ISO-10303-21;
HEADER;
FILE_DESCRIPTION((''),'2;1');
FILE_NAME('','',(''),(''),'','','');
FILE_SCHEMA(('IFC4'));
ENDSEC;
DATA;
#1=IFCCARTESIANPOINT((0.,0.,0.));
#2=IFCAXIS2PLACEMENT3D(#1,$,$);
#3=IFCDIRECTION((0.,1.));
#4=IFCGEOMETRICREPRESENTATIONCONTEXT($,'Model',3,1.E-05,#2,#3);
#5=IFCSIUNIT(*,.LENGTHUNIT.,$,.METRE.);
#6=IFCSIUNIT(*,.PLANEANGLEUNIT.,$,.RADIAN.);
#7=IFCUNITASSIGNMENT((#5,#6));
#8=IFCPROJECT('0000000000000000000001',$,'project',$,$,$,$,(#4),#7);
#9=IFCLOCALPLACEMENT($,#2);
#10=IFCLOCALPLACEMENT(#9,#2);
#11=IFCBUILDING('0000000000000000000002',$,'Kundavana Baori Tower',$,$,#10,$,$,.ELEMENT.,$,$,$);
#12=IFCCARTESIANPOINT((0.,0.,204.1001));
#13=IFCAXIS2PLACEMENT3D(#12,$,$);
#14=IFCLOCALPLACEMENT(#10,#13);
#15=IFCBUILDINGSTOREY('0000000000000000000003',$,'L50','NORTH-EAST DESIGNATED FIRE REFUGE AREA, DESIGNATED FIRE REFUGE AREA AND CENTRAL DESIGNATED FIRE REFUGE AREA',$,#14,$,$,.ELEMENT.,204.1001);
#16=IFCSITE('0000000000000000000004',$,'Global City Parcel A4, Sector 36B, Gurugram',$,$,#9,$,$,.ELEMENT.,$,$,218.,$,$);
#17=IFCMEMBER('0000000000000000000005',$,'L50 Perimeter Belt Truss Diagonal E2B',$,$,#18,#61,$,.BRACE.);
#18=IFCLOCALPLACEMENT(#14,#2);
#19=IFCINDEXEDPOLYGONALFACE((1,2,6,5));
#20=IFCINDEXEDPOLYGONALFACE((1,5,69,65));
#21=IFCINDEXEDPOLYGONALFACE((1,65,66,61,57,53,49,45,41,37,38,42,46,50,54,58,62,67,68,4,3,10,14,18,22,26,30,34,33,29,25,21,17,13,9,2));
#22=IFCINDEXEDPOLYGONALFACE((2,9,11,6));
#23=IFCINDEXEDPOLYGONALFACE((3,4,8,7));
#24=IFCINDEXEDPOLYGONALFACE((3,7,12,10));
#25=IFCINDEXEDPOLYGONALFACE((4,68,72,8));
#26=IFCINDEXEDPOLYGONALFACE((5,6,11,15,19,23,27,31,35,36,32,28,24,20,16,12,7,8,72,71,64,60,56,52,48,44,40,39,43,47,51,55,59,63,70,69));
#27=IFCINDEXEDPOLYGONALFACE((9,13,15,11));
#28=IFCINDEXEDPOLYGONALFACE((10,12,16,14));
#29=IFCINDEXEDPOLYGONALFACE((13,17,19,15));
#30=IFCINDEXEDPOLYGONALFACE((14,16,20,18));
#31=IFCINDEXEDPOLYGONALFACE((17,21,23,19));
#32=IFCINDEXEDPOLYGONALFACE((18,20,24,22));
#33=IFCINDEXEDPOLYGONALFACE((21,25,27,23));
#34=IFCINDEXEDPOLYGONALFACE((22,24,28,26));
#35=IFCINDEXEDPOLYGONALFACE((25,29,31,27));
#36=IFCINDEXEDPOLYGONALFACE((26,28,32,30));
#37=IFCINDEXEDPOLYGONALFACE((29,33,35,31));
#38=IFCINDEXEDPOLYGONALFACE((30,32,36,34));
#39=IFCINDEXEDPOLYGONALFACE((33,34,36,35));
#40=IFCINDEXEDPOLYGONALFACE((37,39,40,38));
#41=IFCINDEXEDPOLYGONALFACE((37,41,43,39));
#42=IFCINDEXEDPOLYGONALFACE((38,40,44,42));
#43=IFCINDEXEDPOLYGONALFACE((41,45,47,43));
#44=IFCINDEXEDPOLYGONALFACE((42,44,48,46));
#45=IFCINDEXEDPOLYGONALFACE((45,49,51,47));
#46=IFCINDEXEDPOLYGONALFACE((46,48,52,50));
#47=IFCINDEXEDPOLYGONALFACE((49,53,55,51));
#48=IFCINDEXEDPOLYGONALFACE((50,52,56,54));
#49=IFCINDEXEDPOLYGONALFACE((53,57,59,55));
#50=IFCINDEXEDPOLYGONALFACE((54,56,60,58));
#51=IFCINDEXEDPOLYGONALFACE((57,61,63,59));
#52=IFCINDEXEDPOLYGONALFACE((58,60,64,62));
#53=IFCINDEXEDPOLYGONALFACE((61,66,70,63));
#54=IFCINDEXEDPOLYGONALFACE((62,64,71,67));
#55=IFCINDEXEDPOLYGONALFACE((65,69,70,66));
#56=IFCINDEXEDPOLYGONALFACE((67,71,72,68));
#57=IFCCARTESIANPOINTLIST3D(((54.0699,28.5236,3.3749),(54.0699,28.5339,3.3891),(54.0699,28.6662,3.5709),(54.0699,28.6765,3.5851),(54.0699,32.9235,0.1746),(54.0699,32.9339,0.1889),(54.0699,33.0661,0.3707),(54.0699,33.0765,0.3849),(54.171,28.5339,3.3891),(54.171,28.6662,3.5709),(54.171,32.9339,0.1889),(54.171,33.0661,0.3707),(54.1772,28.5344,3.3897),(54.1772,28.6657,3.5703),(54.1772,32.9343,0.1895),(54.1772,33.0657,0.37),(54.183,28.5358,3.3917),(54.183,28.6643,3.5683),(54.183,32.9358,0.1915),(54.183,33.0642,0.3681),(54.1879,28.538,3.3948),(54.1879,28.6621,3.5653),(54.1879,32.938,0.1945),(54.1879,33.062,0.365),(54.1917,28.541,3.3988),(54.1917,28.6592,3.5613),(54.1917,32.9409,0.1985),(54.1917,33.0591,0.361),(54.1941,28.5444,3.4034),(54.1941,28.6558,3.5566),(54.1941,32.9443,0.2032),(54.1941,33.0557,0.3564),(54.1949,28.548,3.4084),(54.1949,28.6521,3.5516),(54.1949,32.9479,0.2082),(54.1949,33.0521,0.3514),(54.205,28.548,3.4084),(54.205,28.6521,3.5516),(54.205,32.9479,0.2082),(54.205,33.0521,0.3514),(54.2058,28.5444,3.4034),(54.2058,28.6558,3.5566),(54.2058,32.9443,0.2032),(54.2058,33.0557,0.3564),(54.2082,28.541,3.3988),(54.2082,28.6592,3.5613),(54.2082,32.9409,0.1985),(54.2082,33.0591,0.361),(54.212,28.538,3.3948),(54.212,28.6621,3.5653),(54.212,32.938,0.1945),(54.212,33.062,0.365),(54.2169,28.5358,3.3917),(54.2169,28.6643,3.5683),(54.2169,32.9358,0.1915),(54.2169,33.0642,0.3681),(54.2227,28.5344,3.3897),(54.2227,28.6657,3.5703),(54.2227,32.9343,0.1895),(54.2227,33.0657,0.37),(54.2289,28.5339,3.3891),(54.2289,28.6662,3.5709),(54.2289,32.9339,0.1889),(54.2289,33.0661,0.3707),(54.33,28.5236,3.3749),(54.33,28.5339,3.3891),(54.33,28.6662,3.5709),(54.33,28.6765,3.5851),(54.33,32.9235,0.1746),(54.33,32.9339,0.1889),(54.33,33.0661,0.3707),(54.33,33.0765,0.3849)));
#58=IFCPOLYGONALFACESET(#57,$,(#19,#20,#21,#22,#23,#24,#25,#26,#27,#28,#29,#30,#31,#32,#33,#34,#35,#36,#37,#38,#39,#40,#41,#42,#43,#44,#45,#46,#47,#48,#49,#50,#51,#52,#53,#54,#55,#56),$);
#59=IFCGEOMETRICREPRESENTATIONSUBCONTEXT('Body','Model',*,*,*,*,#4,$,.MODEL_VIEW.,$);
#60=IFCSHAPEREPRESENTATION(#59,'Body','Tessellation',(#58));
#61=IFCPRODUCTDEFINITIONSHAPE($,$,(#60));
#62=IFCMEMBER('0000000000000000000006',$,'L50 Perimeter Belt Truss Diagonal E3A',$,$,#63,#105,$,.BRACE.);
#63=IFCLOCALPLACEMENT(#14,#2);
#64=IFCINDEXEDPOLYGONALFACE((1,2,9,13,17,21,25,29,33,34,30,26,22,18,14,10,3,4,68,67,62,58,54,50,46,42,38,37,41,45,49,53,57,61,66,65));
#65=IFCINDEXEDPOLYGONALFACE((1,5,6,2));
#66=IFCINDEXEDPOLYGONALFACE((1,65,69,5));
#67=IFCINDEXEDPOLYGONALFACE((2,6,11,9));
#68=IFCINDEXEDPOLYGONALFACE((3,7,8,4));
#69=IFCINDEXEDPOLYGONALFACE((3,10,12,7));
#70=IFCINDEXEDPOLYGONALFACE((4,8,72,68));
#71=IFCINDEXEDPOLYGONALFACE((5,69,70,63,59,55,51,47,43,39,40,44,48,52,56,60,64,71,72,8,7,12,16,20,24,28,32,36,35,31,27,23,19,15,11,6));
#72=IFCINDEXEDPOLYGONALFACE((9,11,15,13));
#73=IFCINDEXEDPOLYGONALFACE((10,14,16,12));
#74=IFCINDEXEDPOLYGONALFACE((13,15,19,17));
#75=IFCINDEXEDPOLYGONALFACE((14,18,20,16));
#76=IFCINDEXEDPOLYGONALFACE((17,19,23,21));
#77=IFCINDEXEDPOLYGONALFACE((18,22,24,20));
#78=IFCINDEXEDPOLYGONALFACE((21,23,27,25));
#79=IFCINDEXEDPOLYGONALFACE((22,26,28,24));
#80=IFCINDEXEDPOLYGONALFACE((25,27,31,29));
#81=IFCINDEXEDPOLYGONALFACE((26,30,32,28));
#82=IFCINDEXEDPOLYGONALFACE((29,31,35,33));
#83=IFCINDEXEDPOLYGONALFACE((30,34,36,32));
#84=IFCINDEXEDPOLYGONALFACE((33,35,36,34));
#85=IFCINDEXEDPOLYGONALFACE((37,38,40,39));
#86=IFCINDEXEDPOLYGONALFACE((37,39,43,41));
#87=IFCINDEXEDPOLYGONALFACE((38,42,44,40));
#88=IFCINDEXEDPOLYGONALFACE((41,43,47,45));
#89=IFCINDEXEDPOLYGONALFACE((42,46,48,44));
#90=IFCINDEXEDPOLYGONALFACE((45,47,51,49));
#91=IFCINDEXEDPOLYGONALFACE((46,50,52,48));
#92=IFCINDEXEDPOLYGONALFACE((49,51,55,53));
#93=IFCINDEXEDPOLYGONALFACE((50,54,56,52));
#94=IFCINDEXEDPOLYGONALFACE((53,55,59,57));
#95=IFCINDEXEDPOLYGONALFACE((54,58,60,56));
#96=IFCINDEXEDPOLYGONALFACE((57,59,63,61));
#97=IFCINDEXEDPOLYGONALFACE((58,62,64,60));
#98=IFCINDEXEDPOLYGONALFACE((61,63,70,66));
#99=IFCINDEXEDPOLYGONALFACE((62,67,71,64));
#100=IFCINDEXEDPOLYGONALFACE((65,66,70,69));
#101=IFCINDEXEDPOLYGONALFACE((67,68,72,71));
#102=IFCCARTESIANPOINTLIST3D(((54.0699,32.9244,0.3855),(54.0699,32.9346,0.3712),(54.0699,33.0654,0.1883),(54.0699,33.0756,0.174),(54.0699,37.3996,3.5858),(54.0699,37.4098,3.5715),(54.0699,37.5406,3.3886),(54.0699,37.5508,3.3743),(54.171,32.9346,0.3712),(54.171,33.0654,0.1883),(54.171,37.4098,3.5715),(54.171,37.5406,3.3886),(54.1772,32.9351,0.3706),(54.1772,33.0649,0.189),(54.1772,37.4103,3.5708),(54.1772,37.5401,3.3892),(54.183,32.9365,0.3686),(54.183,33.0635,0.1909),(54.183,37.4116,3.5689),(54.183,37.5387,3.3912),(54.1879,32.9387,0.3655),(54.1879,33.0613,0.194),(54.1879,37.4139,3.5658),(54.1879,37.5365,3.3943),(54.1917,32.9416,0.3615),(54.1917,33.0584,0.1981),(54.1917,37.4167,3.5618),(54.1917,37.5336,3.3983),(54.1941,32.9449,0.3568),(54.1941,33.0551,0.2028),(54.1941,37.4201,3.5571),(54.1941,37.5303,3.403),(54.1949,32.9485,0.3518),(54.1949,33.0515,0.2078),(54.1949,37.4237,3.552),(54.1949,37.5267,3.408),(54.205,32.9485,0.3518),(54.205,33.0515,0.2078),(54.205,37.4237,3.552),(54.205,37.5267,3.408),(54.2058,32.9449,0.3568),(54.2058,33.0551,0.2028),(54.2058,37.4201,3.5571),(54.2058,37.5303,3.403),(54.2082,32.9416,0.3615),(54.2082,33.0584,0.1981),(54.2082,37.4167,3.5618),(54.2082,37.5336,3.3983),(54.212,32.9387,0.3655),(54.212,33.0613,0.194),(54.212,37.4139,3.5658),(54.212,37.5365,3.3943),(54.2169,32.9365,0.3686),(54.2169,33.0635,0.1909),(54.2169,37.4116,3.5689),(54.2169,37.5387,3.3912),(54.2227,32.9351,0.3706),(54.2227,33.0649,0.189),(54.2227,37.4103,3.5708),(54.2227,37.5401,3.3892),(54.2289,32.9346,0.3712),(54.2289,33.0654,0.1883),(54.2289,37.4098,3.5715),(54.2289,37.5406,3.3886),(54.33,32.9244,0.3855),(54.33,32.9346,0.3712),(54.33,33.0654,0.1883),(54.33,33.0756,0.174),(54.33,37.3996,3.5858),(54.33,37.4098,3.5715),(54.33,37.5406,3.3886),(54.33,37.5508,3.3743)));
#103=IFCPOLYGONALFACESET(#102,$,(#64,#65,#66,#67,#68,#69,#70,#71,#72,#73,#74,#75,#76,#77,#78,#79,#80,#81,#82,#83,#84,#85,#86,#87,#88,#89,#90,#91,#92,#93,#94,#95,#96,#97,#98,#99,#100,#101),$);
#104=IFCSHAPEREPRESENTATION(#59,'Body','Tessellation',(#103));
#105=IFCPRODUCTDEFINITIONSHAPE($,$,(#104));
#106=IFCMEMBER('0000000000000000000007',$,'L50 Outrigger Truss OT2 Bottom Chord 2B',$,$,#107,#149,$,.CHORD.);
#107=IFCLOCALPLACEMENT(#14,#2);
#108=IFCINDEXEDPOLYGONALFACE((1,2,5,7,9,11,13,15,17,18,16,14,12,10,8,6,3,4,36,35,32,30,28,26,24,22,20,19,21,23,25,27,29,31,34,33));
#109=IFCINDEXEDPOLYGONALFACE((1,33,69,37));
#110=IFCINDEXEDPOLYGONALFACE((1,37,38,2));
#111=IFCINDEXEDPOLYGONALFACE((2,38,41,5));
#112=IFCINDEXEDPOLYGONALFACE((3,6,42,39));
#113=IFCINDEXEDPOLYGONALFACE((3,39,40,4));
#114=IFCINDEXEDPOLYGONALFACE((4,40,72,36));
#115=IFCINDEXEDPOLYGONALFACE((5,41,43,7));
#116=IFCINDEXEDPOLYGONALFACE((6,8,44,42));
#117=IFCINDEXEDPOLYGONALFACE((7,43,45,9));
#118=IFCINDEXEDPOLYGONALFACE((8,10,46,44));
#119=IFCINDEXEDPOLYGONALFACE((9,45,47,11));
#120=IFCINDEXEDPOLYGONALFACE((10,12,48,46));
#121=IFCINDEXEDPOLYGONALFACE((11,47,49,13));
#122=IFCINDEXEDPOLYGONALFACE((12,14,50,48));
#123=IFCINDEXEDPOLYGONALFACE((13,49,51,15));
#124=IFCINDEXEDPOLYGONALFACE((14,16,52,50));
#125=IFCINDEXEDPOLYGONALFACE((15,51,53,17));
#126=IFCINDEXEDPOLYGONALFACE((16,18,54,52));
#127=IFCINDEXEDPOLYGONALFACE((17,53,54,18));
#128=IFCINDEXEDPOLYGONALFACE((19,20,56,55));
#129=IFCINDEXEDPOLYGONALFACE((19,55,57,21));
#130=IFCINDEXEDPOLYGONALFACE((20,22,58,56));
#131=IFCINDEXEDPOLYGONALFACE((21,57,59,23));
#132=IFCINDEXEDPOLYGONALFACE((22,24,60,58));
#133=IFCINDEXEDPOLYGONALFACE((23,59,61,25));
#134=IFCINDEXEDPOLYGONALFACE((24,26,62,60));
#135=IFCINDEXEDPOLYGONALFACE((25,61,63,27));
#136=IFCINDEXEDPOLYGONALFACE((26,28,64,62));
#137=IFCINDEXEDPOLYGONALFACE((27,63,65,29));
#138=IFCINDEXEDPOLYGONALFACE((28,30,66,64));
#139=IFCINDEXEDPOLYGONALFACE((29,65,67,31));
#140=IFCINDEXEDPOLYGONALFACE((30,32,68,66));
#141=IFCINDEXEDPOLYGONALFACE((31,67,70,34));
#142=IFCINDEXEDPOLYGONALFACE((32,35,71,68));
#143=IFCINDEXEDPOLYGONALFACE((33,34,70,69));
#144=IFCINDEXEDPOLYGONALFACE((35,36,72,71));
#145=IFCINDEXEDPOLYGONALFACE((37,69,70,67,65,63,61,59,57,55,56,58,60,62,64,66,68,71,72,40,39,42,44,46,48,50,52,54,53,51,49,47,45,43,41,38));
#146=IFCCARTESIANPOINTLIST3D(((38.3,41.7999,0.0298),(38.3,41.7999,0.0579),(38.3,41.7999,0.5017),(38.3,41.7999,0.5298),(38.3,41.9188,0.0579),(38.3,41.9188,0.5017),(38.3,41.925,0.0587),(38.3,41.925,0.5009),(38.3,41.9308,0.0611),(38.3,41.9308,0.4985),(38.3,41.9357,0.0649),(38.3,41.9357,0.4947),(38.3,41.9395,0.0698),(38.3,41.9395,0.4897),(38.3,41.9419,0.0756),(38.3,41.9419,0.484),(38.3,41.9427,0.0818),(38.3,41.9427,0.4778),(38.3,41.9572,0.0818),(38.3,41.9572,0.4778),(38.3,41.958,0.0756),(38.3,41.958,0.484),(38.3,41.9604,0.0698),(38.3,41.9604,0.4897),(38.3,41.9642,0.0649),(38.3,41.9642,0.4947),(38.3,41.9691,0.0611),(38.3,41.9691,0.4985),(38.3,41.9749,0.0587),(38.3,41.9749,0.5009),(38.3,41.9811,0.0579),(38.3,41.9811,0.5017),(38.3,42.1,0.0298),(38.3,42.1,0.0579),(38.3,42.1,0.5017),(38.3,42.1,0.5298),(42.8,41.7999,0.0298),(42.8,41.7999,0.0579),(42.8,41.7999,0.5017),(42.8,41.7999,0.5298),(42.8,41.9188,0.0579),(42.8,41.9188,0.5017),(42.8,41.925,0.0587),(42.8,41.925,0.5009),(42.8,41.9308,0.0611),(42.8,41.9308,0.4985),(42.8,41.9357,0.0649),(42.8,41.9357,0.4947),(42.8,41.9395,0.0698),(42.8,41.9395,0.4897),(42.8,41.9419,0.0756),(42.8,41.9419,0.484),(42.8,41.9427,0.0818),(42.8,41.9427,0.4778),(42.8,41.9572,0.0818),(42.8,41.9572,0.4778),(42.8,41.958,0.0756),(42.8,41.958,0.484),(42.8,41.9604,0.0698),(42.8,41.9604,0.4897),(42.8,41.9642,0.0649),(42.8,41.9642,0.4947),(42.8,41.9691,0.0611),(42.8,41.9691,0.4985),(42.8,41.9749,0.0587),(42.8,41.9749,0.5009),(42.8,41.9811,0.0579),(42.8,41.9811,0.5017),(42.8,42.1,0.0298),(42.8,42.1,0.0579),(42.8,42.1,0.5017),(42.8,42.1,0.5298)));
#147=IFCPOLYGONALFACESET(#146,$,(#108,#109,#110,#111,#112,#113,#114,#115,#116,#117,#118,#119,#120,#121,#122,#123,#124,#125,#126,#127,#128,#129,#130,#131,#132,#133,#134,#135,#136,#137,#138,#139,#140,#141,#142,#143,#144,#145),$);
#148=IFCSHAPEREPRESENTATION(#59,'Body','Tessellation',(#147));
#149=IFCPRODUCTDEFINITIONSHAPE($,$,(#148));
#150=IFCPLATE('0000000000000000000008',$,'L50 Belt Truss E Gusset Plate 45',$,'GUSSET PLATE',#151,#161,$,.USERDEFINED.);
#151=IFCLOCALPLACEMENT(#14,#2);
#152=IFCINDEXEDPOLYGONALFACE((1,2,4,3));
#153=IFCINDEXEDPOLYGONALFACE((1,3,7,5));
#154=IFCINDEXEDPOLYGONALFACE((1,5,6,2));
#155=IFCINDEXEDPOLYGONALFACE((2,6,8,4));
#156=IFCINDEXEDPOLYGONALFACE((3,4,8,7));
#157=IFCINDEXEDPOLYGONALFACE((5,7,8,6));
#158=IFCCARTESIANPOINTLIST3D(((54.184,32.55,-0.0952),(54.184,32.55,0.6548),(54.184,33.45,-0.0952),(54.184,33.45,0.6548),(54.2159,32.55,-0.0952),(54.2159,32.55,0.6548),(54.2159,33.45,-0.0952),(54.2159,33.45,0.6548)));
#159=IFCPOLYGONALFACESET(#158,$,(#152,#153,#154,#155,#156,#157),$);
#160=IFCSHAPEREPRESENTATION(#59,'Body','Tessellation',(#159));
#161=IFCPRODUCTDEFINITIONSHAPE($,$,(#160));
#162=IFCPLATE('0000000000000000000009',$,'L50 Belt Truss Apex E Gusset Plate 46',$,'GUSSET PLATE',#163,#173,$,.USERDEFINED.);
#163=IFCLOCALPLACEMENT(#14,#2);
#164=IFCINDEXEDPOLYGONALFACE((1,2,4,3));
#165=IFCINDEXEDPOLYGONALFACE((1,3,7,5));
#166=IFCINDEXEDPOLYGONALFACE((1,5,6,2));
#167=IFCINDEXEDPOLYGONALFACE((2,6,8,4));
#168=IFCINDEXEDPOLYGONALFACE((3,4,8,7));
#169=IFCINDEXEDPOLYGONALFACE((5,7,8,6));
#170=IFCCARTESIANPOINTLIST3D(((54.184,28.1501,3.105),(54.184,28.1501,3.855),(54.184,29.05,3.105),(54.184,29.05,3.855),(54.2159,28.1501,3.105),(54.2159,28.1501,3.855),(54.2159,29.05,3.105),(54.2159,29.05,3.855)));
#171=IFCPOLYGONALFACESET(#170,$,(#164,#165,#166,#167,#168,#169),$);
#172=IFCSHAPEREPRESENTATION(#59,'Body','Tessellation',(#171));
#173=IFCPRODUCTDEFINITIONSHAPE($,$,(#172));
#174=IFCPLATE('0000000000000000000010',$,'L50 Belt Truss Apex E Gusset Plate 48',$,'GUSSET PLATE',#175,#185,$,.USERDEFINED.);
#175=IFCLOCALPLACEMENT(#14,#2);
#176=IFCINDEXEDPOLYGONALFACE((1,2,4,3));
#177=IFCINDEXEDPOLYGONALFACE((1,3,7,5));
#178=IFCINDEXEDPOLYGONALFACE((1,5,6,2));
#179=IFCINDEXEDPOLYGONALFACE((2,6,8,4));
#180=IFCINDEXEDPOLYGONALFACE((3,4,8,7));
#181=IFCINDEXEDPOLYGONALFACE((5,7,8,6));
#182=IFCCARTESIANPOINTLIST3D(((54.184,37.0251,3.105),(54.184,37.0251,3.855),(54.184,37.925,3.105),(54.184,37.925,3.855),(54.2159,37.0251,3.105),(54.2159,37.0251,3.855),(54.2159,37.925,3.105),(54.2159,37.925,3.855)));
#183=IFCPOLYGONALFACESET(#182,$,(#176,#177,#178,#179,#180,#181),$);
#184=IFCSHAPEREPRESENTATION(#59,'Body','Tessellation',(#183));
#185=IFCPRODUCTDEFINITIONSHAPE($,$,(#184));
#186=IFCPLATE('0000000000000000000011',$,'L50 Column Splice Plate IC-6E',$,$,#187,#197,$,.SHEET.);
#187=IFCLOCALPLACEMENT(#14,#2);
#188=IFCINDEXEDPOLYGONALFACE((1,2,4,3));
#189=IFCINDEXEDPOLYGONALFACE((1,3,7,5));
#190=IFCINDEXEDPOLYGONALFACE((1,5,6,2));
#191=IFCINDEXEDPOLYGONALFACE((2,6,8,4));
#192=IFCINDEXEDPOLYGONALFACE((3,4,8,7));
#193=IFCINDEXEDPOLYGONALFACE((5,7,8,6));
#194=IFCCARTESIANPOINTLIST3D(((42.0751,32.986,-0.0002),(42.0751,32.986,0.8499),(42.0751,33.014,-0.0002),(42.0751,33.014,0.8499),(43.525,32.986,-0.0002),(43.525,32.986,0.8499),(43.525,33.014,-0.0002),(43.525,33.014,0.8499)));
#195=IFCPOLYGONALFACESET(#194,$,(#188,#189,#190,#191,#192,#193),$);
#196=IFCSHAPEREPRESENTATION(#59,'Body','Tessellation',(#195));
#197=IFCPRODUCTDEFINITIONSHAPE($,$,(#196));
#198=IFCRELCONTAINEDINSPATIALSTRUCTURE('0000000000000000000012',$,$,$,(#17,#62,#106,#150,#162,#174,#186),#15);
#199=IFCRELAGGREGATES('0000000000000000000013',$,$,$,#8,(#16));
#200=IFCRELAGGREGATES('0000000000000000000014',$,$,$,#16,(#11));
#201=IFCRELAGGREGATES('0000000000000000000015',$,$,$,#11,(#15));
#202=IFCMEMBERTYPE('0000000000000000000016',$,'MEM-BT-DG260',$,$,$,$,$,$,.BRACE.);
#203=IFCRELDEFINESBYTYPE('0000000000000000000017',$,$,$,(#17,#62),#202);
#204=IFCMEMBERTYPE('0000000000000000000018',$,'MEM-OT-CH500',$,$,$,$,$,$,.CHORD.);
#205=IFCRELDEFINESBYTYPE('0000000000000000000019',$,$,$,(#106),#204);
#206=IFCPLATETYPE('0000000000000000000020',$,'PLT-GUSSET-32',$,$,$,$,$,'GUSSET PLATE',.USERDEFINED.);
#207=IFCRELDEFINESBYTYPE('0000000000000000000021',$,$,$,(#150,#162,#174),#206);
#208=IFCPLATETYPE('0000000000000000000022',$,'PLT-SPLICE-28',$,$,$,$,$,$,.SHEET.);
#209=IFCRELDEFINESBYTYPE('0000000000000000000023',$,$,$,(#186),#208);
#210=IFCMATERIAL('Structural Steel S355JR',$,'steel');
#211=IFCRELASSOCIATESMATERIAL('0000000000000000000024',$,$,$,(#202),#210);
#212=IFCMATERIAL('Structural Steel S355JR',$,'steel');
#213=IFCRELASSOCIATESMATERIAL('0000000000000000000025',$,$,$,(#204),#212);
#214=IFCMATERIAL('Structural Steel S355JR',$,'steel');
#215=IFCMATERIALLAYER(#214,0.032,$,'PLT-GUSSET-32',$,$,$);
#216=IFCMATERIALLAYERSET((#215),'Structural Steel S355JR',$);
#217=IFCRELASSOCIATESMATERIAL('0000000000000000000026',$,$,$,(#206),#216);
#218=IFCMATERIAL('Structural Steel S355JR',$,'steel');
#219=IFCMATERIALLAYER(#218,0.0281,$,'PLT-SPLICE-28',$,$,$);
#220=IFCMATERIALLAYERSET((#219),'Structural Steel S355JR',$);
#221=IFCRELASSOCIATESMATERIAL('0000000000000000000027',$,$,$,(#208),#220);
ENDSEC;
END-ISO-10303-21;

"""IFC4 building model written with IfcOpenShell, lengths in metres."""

from ifc_helpers import new_model, si_unit, direction, frame, origin, origin_2d, place, context, subcontext, project, spatial, rectangle, i_section, extrude, material, layer, layer_set, material_profile, profile_set, type_object, element, save


model = new_model("IFC4")

# Units and contexts
model_context = context("Model", 3, precision=1e-05, world=origin(), true_north=direction((0.0, 1.0)))
body_context = subcontext(model_context, "Body", "Model", "MODEL_VIEW")
ifc_project = project(units=[si_unit("LENGTHUNIT", "METRE"), si_unit("PLANEANGLEUNIT", "RADIAN")], contexts=[model_context])

# Site, building, storey
site_placement = place(None, origin())
site = spatial("IfcSite", under=ifc_project, at=site_placement, Name="Global City Parcel A4, Sector 36B, Gurugram", CompositionType="ELEMENT", RefElevation=218.0)
building_placement = place(site_placement, origin())
building = spatial("IfcBuilding", under=site, at=building_placement, Name="Kundavana Baori Tower", CompositionType="ELEMENT")
storey_placement = place(building_placement, frame((0.0, 0.0, 204.1001)))
storey = spatial("IfcBuildingStorey", under=building, at=storey_placement, Name="L50", Description="NORTH-EAST DESIGNATED FIRE REFUGE AREA, DESIGNATED FIRE REFUGE AREA AND CENTRAL DESIGNATED FIRE REFUGE AREA", CompositionType="ELEMENT", Elevation=204.1001)

# Members
ifc_material_1 = material(Name="Structural Steel S355JR", Category="steel")
ifc_material_profile_1 = material_profile(ifc_material_1, i_section(OverallWidth=0.26, OverallDepth=0.26, WebThickness=0.01, FlangeThickness=0.0176, FilletRadius=0.0239, at=origin_2d()), Name="WPB 260x260x93")
ifc_profile_set_1 = profile_set([ifc_material_profile_1], Name="Structural Steel S355JR")
member_type_1 = type_object("IfcMemberType", Name="MEM-BT-DG260", PredefinedType="BRACE", material=ifc_profile_set_1)
member_1_placement = place(storey_placement, frame((54.2, 33.0, 0.2798), z_axis=(0.0, -0.808713, 0.588204), x_axis=(1.0, 0.0, 0.0)))
element("IfcMember", 1, at=member_1_placement, inside=storey, type_object=member_type_1, Name="L50 Perimeter Belt Truss Diagonal E2B", PredefinedType="BRACE", context=body_context, shape_type="SweptSolid", body=[
    extrude(i_section(OverallWidth=0.26, OverallDepth=0.26, WebThickness=0.01, FlangeThickness=0.0176, FilletRadius=0.0239, at=origin_2d()), origin(), (0.0, 0.0, 1.0), 5.4407),
])
member_2_placement = place(storey_placement, frame((54.2, 33.0, 0.2798), z_axis=(0.0, 0.813416, 0.581683), x_axis=(-1.0, 0.0, 0.0)))
element("IfcMember", 2, at=member_2_placement, inside=storey, type_object=member_type_1, Name="L50 Perimeter Belt Truss Diagonal E3A", PredefinedType="BRACE", context=body_context, shape_type="SweptSolid", body=[
    extrude(i_section(OverallWidth=0.26, OverallDepth=0.26, WebThickness=0.01, FlangeThickness=0.0176, FilletRadius=0.0239, at=origin_2d()), origin(), (0.0, 0.0, 1.0), 5.5017),
])
ifc_material_2 = material(Name="Structural Steel S355JR", Category="steel")
ifc_material_profile_2 = material_profile(ifc_material_2, i_section(OverallWidth=0.3, OverallDepth=0.5, WebThickness=0.0144, FlangeThickness=0.0281, FilletRadius=0.0239, at=origin_2d()), Name="WPB 500x300x155")
ifc_profile_set_2 = profile_set([ifc_material_profile_2], Name="Structural Steel S355JR")
member_type_2 = type_object("IfcMemberType", Name="MEM-OT-CH500", PredefinedType="CHORD", material=ifc_profile_set_2)
member_3_placement = place(storey_placement, frame((38.3, 41.95, 0.2798), z_axis=(1.0, 0.0, 0.0), x_axis=(0.0, 1.0, 0.0)))
element("IfcMember", 3, at=member_3_placement, inside=storey, type_object=member_type_2, Name="L50 Outrigger Truss OT2 Bottom Chord 2B", PredefinedType="CHORD", context=body_context, shape_type="SweptSolid", body=[
    extrude(i_section(OverallWidth=0.3, OverallDepth=0.5, WebThickness=0.0144, FlangeThickness=0.0281, FilletRadius=0.0239, at=origin_2d()), origin(), (0.0, 0.0, 1.0), 4.5),
])

# Plates
ifc_material_3 = material(Name="Structural Steel S355JR", Category="steel")
ifc_layer_1 = layer(ifc_material_3, 0.032, Name="PLT-GUSSET-32")
ifc_layer_set_1 = layer_set([ifc_layer_1], Name="Structural Steel S355JR")
plate_type_1 = type_object("IfcPlateType", Name="PLT-GUSSET-32", ElementType="GUSSET PLATE", PredefinedType="USERDEFINED", material=ifc_layer_set_1)
for number, where, z_axis, x_axis, name in (
    (4, (54.2, 33.0, -0.0952), (0.0, 0.0, 1.0), (1.0, 0.0, 0.0), "L50 Belt Truss E Gusset Plate 45"),
    (5, (54.2, 28.6001, 3.105), (0.0, 0.0, 1.0), (1.0, 0.0, 0.0), "L50 Belt Truss Apex E Gusset Plate 46"),
    (6, (54.2, 37.4751, 3.105), (0.0, 0.0, 1.0), (1.0, 0.0, 0.0), "L50 Belt Truss Apex E Gusset Plate 48"),
):
    element("IfcPlate", number, at=place(storey_placement, frame(where, z_axis=z_axis, x_axis=x_axis)), inside=storey, type_object=plate_type_1, Name=name, ObjectType="GUSSET PLATE", PredefinedType="USERDEFINED", context=body_context, shape_type="SweptSolid", body=[
        extrude(rectangle(XDim=0.032, YDim=0.8999, at=origin_2d()), origin(), (0.0, 0.0, 1.0), 0.75),
    ])
ifc_material_4 = material(Name="Structural Steel S355JR", Category="steel")
ifc_layer_2 = layer(ifc_material_4, 0.0281, Name="PLT-SPLICE-28")
ifc_layer_set_2 = layer_set([ifc_layer_2], Name="Structural Steel S355JR")
plate_type_2 = type_object("IfcPlateType", Name="PLT-SPLICE-28", PredefinedType="SHEET", material=ifc_layer_set_2)
plate_placement = place(storey_placement, frame((42.8, 33.0, -0.0002), z_axis=(0.0, 0.0, 1.0), x_axis=(1.0, 0.0, 0.0)))
element("IfcPlate", 7, at=plate_placement, inside=storey, type_object=plate_type_2, Name="L50 Column Splice Plate IC-6E", PredefinedType="SHEET", context=body_context, shape_type="SweptSolid", body=[
    extrude(rectangle(XDim=1.45, YDim=0.0281, at=origin_2d()), origin(), (0.0, 0.0, 1.0), 0.8501),
])

save(model, "model.ifc")
